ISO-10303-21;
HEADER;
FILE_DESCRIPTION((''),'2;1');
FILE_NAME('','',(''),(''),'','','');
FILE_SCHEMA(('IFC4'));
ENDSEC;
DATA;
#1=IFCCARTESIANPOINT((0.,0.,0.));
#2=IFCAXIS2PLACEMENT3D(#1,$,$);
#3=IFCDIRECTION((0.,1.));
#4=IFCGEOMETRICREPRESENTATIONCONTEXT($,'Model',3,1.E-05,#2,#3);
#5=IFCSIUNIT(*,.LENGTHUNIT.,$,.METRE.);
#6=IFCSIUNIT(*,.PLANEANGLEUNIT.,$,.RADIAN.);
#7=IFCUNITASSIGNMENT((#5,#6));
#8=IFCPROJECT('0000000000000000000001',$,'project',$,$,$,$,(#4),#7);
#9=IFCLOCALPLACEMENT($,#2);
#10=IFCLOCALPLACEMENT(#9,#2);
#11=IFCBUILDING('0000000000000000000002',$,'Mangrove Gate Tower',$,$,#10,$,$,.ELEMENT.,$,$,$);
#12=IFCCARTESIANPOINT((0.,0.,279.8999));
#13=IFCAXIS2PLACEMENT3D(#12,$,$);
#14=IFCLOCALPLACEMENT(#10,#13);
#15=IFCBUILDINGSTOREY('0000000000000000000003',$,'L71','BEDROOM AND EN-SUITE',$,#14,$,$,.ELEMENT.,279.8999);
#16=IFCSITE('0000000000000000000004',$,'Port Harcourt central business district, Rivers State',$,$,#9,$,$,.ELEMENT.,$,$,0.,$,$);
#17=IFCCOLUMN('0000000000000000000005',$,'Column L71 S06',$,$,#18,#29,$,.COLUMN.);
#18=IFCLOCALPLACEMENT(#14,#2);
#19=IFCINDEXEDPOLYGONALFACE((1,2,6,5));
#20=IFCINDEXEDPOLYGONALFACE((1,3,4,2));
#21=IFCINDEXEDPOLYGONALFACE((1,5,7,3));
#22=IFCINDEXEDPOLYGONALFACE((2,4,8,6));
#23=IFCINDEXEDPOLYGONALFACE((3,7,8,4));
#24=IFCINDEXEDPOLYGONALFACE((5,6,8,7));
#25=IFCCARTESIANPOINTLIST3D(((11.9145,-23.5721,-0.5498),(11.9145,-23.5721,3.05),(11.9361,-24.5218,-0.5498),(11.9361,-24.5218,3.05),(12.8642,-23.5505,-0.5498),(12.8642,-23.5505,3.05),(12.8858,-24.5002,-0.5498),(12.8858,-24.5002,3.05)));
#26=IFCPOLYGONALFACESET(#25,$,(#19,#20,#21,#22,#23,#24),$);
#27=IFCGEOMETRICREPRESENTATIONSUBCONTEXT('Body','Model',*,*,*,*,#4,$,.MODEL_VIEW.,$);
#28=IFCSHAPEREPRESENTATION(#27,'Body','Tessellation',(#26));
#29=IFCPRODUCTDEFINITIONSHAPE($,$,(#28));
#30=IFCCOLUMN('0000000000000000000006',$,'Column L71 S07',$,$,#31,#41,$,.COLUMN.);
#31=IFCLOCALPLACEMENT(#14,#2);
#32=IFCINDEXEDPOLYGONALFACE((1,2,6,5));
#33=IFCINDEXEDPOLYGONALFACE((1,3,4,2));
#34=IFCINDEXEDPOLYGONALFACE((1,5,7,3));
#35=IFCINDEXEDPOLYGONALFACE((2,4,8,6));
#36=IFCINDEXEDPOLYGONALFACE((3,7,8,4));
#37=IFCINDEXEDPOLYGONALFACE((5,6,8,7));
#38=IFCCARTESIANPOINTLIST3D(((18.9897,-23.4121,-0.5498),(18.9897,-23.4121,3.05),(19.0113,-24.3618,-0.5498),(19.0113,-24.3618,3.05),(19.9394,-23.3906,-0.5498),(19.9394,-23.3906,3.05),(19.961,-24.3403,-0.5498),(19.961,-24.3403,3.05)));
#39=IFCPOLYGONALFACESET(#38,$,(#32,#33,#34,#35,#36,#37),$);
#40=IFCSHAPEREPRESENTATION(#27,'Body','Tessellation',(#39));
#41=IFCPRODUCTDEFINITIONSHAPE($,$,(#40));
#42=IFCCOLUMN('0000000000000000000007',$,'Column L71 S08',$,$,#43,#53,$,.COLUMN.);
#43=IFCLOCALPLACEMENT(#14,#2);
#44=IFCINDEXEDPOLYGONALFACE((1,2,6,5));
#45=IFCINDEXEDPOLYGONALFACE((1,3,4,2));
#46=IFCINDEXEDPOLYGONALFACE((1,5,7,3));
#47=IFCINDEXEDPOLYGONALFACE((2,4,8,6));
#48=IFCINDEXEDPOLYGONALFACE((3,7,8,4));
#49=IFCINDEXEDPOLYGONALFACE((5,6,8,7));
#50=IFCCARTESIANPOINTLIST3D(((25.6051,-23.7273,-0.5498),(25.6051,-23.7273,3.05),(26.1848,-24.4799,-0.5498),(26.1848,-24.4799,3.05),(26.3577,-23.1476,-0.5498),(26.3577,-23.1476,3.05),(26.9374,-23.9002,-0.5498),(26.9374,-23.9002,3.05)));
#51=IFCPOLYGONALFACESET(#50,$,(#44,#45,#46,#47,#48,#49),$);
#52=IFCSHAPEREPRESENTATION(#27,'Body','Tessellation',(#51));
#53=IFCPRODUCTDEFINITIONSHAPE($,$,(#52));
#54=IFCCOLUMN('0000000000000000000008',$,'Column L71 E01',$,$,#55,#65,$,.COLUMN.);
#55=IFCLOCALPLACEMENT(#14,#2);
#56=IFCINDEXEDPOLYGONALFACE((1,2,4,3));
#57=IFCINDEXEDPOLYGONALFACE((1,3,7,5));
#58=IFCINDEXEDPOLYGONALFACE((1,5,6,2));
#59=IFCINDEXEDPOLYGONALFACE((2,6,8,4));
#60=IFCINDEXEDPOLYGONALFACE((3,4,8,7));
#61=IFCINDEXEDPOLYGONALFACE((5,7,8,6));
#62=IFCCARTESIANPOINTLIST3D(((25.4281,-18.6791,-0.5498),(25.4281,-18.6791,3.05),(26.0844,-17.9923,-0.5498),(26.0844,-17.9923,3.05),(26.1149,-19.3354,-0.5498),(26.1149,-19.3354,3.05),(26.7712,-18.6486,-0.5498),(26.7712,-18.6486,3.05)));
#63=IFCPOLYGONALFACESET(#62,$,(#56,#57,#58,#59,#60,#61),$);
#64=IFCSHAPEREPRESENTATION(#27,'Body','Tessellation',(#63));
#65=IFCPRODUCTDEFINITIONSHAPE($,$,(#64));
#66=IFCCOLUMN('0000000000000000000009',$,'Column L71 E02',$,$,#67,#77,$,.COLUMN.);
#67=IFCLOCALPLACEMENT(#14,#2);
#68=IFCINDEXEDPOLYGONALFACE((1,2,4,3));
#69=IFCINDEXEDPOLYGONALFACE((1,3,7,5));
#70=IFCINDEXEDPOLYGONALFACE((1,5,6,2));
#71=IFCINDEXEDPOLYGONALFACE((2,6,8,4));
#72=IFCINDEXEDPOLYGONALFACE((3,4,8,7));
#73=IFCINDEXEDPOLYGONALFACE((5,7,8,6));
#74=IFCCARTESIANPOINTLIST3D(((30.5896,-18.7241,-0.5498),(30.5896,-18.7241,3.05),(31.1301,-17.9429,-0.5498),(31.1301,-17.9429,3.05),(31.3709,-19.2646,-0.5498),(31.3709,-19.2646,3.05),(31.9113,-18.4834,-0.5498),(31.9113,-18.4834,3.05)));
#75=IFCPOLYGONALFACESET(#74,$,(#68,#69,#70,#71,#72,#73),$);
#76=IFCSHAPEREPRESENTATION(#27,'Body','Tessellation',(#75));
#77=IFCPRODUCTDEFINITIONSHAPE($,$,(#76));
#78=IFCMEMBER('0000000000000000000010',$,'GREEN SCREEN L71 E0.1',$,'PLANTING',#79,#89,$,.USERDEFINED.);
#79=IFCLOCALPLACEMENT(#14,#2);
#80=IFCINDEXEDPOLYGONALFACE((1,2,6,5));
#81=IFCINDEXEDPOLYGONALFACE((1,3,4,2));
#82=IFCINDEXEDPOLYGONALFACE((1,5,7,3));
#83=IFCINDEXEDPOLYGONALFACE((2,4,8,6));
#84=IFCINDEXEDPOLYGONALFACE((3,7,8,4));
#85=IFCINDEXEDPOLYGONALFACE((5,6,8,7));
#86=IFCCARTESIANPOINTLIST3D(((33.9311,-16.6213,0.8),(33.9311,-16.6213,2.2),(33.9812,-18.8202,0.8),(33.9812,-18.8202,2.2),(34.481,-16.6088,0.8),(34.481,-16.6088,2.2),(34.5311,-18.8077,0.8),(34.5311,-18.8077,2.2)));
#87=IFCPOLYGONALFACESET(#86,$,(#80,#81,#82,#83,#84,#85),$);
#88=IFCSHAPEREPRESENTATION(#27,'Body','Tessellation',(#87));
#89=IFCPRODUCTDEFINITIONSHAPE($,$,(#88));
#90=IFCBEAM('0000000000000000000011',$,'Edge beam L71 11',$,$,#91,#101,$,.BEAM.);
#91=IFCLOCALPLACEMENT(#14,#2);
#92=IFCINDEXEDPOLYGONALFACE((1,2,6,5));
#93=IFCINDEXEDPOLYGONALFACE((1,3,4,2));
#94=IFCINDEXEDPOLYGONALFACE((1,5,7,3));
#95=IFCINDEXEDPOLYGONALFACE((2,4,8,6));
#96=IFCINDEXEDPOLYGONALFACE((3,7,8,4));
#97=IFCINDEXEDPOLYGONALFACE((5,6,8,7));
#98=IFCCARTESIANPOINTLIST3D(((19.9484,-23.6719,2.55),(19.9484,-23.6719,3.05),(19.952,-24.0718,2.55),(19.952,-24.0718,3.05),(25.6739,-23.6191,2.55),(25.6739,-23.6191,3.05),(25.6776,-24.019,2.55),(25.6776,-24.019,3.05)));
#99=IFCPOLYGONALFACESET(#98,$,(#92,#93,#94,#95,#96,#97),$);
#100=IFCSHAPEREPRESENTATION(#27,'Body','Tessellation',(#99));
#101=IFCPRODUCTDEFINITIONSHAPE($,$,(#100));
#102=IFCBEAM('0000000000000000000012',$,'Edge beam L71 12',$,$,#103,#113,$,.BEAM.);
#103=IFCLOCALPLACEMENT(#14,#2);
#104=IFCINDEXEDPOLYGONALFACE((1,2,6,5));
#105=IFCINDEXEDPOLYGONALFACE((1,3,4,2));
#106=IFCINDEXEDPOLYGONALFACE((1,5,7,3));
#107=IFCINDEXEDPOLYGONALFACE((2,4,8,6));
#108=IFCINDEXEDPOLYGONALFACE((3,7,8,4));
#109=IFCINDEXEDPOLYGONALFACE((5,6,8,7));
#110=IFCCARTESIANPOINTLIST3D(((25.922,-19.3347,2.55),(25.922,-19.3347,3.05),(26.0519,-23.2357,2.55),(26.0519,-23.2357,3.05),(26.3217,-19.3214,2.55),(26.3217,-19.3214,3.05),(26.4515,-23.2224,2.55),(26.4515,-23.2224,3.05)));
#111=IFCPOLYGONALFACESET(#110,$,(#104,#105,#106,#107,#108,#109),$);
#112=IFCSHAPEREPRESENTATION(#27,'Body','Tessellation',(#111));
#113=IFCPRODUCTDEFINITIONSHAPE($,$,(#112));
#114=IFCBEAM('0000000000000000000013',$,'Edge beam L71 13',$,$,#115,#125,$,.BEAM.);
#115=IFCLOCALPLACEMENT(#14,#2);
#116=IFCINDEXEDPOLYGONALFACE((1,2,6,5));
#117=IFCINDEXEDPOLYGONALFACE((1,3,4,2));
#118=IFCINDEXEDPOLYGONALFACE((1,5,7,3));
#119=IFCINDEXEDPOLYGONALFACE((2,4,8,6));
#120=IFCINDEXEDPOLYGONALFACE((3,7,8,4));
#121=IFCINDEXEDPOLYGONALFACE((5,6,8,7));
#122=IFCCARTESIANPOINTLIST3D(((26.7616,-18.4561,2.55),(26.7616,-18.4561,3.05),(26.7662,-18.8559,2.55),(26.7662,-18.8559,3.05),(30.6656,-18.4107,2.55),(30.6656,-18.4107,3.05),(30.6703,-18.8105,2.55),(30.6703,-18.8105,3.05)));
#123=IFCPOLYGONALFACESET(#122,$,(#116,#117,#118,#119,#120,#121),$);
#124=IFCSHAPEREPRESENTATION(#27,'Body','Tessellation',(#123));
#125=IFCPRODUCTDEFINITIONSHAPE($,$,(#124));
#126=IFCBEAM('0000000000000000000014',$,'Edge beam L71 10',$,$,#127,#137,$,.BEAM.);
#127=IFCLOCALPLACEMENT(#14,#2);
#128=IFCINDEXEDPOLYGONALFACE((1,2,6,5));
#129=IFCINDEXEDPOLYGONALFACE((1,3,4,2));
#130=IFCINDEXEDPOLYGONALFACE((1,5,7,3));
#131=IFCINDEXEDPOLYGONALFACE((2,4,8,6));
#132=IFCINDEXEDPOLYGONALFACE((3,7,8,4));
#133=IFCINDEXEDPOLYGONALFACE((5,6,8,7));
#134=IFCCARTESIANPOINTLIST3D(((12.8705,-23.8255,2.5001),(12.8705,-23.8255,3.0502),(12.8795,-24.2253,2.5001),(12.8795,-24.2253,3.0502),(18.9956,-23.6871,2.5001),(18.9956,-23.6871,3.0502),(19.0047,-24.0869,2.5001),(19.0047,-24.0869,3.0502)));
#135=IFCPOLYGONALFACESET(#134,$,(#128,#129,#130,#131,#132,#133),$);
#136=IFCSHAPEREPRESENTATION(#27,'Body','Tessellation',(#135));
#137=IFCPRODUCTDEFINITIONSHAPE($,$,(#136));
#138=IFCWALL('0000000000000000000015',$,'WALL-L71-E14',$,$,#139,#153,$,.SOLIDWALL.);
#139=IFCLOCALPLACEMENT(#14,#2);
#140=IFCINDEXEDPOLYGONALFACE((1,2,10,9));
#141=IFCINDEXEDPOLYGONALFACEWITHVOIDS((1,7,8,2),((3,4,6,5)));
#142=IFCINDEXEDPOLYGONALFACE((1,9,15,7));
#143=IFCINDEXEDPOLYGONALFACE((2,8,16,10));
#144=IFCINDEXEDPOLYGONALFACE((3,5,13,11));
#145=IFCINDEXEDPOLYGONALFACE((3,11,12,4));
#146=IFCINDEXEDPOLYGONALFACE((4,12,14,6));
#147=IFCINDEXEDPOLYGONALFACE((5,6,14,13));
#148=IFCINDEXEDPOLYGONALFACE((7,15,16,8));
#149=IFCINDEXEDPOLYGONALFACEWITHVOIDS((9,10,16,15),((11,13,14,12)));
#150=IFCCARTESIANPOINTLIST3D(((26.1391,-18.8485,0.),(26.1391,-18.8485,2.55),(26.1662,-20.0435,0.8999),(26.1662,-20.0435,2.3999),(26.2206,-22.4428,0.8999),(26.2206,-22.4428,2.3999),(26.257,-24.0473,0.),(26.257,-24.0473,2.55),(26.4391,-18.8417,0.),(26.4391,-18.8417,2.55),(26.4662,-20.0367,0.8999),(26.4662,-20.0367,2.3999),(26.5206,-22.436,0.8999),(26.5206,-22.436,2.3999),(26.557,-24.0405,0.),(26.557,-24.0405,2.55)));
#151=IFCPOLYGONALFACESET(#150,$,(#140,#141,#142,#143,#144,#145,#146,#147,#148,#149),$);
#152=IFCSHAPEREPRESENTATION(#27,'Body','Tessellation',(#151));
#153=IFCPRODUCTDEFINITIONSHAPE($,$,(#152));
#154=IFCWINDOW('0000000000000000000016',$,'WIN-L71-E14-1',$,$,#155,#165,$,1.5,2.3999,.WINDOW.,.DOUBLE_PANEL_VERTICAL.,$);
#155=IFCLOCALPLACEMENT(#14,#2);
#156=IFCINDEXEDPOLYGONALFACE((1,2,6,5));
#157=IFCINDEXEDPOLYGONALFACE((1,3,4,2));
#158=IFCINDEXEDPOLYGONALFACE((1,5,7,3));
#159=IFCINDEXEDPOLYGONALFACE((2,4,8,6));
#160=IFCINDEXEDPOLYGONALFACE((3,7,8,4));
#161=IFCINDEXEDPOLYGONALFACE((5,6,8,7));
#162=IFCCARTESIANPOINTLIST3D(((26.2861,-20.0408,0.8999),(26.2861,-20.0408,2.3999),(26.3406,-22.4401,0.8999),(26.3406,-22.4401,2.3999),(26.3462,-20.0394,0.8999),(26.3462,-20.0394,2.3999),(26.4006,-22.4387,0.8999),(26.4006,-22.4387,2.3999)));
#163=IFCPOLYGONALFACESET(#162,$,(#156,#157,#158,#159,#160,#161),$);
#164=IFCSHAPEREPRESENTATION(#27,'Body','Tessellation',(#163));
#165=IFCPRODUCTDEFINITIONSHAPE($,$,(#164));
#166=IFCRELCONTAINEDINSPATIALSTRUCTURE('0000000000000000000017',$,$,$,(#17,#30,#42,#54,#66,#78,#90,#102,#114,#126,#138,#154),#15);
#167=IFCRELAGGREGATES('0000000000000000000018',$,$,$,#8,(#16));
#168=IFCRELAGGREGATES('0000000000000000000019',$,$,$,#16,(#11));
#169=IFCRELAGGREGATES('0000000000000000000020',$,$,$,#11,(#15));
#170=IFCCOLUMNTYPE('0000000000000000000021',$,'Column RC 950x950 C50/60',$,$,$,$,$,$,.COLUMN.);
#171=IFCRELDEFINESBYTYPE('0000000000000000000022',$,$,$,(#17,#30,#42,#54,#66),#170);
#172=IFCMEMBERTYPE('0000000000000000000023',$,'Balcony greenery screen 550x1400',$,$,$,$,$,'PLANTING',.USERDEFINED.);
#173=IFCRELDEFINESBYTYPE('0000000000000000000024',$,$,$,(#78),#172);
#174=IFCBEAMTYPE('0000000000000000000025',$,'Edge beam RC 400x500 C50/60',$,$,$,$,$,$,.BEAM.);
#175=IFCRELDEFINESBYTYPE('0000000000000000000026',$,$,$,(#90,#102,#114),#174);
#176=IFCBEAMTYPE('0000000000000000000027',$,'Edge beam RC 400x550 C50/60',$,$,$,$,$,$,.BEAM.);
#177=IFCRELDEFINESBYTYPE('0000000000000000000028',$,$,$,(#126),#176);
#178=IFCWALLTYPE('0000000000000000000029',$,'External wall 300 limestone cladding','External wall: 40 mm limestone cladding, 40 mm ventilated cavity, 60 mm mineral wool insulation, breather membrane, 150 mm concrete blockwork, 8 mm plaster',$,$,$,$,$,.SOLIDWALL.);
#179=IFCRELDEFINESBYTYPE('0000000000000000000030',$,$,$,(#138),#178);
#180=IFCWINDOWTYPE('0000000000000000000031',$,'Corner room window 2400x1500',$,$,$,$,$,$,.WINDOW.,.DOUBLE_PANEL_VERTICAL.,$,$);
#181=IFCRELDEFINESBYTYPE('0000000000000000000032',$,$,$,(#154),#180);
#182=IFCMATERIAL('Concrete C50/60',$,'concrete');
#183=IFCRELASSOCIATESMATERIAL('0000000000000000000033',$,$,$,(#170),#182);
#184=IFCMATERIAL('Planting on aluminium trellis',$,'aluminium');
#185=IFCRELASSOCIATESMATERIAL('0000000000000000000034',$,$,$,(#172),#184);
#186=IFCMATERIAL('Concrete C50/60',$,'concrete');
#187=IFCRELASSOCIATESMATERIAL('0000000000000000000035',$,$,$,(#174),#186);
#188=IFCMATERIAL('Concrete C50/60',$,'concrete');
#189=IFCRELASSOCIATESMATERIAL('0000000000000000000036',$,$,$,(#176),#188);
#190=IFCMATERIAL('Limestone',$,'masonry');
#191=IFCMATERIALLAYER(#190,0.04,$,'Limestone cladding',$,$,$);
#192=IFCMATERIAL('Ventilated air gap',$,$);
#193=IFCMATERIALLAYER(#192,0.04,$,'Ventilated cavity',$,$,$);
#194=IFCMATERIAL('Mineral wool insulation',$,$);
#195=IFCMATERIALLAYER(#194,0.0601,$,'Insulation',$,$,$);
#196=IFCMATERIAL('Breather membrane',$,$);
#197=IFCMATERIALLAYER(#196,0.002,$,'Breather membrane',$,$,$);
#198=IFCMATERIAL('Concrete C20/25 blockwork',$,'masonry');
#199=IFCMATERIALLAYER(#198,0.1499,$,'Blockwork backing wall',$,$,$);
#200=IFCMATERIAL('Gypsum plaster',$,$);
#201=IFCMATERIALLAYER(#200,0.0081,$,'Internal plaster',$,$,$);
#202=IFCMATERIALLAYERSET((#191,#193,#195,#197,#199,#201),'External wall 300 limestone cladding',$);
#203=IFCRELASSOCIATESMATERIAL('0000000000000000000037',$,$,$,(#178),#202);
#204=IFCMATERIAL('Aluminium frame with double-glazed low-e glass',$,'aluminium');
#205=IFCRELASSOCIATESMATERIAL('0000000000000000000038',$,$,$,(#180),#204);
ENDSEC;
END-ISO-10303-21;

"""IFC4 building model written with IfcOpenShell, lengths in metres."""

from ifc_helpers import new_model, si_unit, direction, frame, frame_2d, origin, origin_2d, place, context, subcontext, project, spatial, rectangle, extrude, material, layer, layer_set, material_profile, profile_set, type_object, element, fill, save


model = new_model("IFC4")

# Units and contexts
model_context = context("Model", 3, precision=1e-05, world=origin(), true_north=direction((0.0, 1.0)))
body_context = subcontext(model_context, "Body", "Model", "MODEL_VIEW")
ifc_project = project(units=[si_unit("LENGTHUNIT", "METRE"), si_unit("PLANEANGLEUNIT", "RADIAN")], contexts=[model_context])

# Site, building, storey
site_placement = place(None, origin())
site = spatial("IfcSite", under=ifc_project, at=site_placement, Name="Port Harcourt central business district, Rivers State", CompositionType="ELEMENT", RefElevation=0.0)
building_placement = place(site_placement, origin())
building = spatial("IfcBuilding", under=site, at=building_placement, Name="Mangrove Gate Tower", CompositionType="ELEMENT")
storey_placement = place(building_placement, frame((0.0, 0.0, 279.8999)))
storey = spatial("IfcBuildingStorey", under=building, at=storey_placement, Name="L71", Description="BEDROOM AND EN-SUITE", CompositionType="ELEMENT", Elevation=279.8999)

# Columns
ifc_material_1 = material(Name="Concrete C50/60", Category="concrete")
ifc_material_profile_1 = material_profile(ifc_material_1, rectangle(XDim=0.95, YDim=0.95, at=origin_2d()))
ifc_profile_set_1 = profile_set([ifc_material_profile_1], Name="Concrete C50/60")
column_type = type_object("IfcColumnType", Name="Column RC 950x950 C50/60", PredefinedType="COLUMN", material=ifc_profile_set_1)
for number, where, z_axis, x_axis, name in (
    (1, (12.4001, -24.0361, -0.5498), (0.0, 0.0, 1.0), (0.999743, 0.02268, 0.0), "Column L71 S06"),
    (2, (19.4753, -23.8762, -0.5498), (0.0, 0.0, 1.0), (0.999743, 0.02268, 0.0), "Column L71 S07"),
    (3, (26.2712, -23.8137, -0.5498), (0.0, 0.0, 1.0), (0.792213, 0.610244, 0.0), "Column L71 S08"),
    (4, (26.0996, -18.6638, -0.5498), (0.0, 0.0, 1.0), (0.690877, 0.722973, 0.0), "Column L71 E01"),
    (5, (31.2505, -18.6038, -0.5498), (0.0, 0.0, 1.0), (0.568957, 0.822367, 0.0), "Column L71 E02"),
):
    element("IfcColumn", number, at=place(storey_placement, frame(where, z_axis=z_axis, x_axis=x_axis)), inside=storey, type_object=column_type, Name=name, PredefinedType="COLUMN", context=body_context, shape_type="SweptSolid", body=[
        extrude(rectangle(XDim=0.95, YDim=0.95, at=origin_2d()), origin(), (0.0, 0.0, 1.0), 3.5999),
    ])

# Member
ifc_material_2 = material(Name="Planting on aluminium trellis", Category="aluminium")
ifc_material_profile_2 = material_profile(ifc_material_2, rectangle(XDim=0.55, YDim=1.3999, at=origin_2d()))
ifc_profile_set_2 = profile_set([ifc_material_profile_2], Name="Planting on aluminium trellis")
member_type = type_object("IfcMemberType", Name="Balcony greenery screen 550x1400", ElementType="PLANTING", PredefinedType="USERDEFINED", material=ifc_profile_set_2)
member_placement = place(storey_placement, frame((34.2561, -18.814, 1.5), z_axis=(-0.022754, 0.999741, 0.0), x_axis=(-0.999741, -0.022754, 0.0)))
element("IfcMember", 6, at=member_placement, inside=storey, type_object=member_type, Name="GREEN SCREEN L71 E0.1", ObjectType="PLANTING", PredefinedType="USERDEFINED", context=body_context, shape_type="SweptSolid", body=[
    extrude(rectangle(XDim=0.55, YDim=1.3999, at=origin_2d()), origin(), (0.0, 0.0, 1.0), 2.1995),
])

# Beams
ifc_material_3 = material(Name="Concrete C50/60", Category="concrete")
ifc_material_profile_3 = material_profile(ifc_material_3, rectangle(XDim=0.3999, YDim=0.5, at=origin_2d()))
ifc_profile_set_3 = profile_set([ifc_material_profile_3], Name="Concrete C50/60")
beam_type_1 = type_object("IfcBeamType", Name="Edge beam RC 400x500 C50/60", PredefinedType="BEAM", material=ifc_profile_set_3)
beam_1_placement = place(storey_placement, frame((19.9502, -23.8718, 2.8), z_axis=(0.999958, 0.00921, 0.0), x_axis=(-0.00921, 0.999958, 0.0)))
element("IfcBeam", 7, at=beam_1_placement, inside=storey, type_object=beam_type_1, Name="Edge beam L71 11", PredefinedType="BEAM", context=body_context, shape_type="SweptSolid", body=[
    extrude(rectangle(XDim=0.3999, YDim=0.5, at=origin_2d()), origin(), (0.0, 0.0, 1.0), 5.7258),
])
beam_2_placement = place(storey_placement, frame((26.2517, -23.229, 2.8), z_axis=(-0.033277, 0.999446, 0.0), x_axis=(-0.999446, -0.033277, 0.0)))
element("IfcBeam", 8, at=beam_2_placement, inside=storey, type_object=beam_type_1, Name="Edge beam L71 12", PredefinedType="BEAM", context=body_context, shape_type="SweptSolid", body=[
    extrude(rectangle(XDim=0.3999, YDim=0.5, at=origin_2d()), origin(), (0.0, 0.0, 1.0), 3.9031),
])
beam_3_placement = place(storey_placement, frame((26.7639, -18.656, 2.8), z_axis=(0.999932, 0.011631, 0.0), x_axis=(-0.011631, 0.999932, 0.0)))
element("IfcBeam", 9, at=beam_3_placement, inside=storey, type_object=beam_type_1, Name="Edge beam L71 13", PredefinedType="BEAM", context=body_context, shape_type="SweptSolid", body=[
    extrude(rectangle(XDim=0.3999, YDim=0.5, at=origin_2d()), origin(), (0.0, 0.0, 1.0), 3.9043),
])
ifc_material_4 = material(Name="Concrete C50/60", Category="concrete")
ifc_material_profile_4 = material_profile(ifc_material_4, rectangle(XDim=0.3999, YDim=0.55, at=origin_2d()))
ifc_profile_set_4 = profile_set([ifc_material_profile_4], Name="Concrete C50/60")
beam_type_2 = type_object("IfcBeamType", Name="Edge beam RC 400x550 C50/60", PredefinedType="BEAM", material=ifc_profile_set_4)
beam_4_placement = place(storey_placement, frame((12.875, -24.0254, 2.7751), z_axis=(0.999745, 0.022594, 0.0), x_axis=(-0.022594, 0.999745, 0.0)))
element("IfcBeam", 10, at=beam_4_placement, inside=storey, type_object=beam_type_2, Name="Edge beam L71 10", PredefinedType="BEAM", context=body_context, shape_type="SweptSolid", body=[
    extrude(rectangle(XDim=0.3999, YDim=0.55, at=origin_2d()), origin(), (0.0, 0.0, 1.0), 6.1267),
])

# Shared definitions
ifc_material_5 = material(Name="Limestone", Category="masonry")
ifc_layer_1 = layer(ifc_material_5, 0.04, Name="Limestone cladding")
ifc_material_6 = material(Name="Ventilated air gap")
ifc_layer_2 = layer(ifc_material_6, 0.04, Name="Ventilated cavity")
ifc_material_7 = material(Name="Mineral wool insulation")
ifc_layer_3 = layer(ifc_material_7, 0.0601, Name="Insulation")
ifc_material_8 = material(Name="Breather membrane")
ifc_layer_4 = layer(ifc_material_8, 0.002, Name="Breather membrane")
ifc_material_9 = material(Name="Concrete C20/25 blockwork", Category="masonry")
ifc_layer_5 = layer(ifc_material_9, 0.1499, Name="Blockwork backing wall")
ifc_material_10 = material(Name="Gypsum plaster")
ifc_layer_6 = layer(ifc_material_10, 0.0081, Name="Internal plaster")
ifc_layer_set_1 = layer_set([ifc_layer_1, ifc_layer_2, ifc_layer_3, ifc_layer_4, ifc_layer_5, ifc_layer_6], Name="External wall 300 limestone cladding")
wall_type_1 = type_object("IfcWallType", Name="External wall 300 limestone cladding", Description="External wall: 40 mm limestone cladding, 40 mm ventilated cavity, 60 mm mineral wool insulation, breather membrane, 150 mm concrete blockwork, 8 mm plaster", PredefinedType="SOLIDWALL", material=ifc_layer_set_1)
ifc_material_11 = material(Name="Aluminium frame with double-glazed low-e glass", Category="aluminium")
window_type = type_object("IfcWindowType", Name="Corner room window 2400x1500", PartitioningType="DOUBLE_PANEL_VERTICAL", PredefinedType="WINDOW", material=ifc_material_11)

# Wall, opening, window
wall_1_placement = place(storey_placement, frame((26.407, -24.0439, 0.0), z_axis=(0.0, 0.0, 1.0), x_axis=(-0.022676, 0.999743, 0.0)))
wall_1 = element("IfcWall", 11, at=wall_1_placement, inside=storey, type_object=wall_type_1, Name="WALL-L71-E14", PredefinedType="SOLIDWALL", context=body_context, shape_type="SweptSolid", body=[
    extrude(rectangle(XDim=5.2002, YDim=0.3, at=frame_2d((2.6001, 0.0))), origin(), (0.0, 0.0, 1.0), 2.55),
])
opening_1_placement = place(wall_1_placement, frame((1.605, 0.0, 0.8999)))
opening_1 = element("IfcOpeningElement", 12, at=opening_1_placement, cuts=wall_1, PredefinedType="OPENING", context=body_context, shape_type="SweptSolid", body=[
    extrude(rectangle(XDim=2.3999, YDim=1.5, at=frame_2d((1.2, 0.75))), frame((0.0, 0.1599, 0.0), z_axis=(0.0, -1.0, 0.0), x_axis=(1.0, 0.0, 0.0)), (0.0, 0.0, 1.0), 0.3201),
])
window_1_placement = place(opening_1_placement, origin())
window_1 = element("IfcWindow", 13, at=window_1_placement, inside=storey, type_object=window_type, Name="WIN-L71-E14-1", OverallHeight=1.5, OverallWidth=2.3999, PartitioningType="DOUBLE_PANEL_VERTICAL", PredefinedType="WINDOW", context=body_context, shape_type="SweptSolid", body=[
    extrude(rectangle(XDim=2.3999, YDim=1.5, at=frame_2d((1.2, 0.75))), frame((0.0, 0.03, 0.0), z_axis=(0.0, -1.0, 0.0), x_axis=(1.0, 0.0, 0.0)), (0.0, 0.0, 1.0), 0.0601),
])
fill(opening_1, window_1)

save(model, "model.ifc")
